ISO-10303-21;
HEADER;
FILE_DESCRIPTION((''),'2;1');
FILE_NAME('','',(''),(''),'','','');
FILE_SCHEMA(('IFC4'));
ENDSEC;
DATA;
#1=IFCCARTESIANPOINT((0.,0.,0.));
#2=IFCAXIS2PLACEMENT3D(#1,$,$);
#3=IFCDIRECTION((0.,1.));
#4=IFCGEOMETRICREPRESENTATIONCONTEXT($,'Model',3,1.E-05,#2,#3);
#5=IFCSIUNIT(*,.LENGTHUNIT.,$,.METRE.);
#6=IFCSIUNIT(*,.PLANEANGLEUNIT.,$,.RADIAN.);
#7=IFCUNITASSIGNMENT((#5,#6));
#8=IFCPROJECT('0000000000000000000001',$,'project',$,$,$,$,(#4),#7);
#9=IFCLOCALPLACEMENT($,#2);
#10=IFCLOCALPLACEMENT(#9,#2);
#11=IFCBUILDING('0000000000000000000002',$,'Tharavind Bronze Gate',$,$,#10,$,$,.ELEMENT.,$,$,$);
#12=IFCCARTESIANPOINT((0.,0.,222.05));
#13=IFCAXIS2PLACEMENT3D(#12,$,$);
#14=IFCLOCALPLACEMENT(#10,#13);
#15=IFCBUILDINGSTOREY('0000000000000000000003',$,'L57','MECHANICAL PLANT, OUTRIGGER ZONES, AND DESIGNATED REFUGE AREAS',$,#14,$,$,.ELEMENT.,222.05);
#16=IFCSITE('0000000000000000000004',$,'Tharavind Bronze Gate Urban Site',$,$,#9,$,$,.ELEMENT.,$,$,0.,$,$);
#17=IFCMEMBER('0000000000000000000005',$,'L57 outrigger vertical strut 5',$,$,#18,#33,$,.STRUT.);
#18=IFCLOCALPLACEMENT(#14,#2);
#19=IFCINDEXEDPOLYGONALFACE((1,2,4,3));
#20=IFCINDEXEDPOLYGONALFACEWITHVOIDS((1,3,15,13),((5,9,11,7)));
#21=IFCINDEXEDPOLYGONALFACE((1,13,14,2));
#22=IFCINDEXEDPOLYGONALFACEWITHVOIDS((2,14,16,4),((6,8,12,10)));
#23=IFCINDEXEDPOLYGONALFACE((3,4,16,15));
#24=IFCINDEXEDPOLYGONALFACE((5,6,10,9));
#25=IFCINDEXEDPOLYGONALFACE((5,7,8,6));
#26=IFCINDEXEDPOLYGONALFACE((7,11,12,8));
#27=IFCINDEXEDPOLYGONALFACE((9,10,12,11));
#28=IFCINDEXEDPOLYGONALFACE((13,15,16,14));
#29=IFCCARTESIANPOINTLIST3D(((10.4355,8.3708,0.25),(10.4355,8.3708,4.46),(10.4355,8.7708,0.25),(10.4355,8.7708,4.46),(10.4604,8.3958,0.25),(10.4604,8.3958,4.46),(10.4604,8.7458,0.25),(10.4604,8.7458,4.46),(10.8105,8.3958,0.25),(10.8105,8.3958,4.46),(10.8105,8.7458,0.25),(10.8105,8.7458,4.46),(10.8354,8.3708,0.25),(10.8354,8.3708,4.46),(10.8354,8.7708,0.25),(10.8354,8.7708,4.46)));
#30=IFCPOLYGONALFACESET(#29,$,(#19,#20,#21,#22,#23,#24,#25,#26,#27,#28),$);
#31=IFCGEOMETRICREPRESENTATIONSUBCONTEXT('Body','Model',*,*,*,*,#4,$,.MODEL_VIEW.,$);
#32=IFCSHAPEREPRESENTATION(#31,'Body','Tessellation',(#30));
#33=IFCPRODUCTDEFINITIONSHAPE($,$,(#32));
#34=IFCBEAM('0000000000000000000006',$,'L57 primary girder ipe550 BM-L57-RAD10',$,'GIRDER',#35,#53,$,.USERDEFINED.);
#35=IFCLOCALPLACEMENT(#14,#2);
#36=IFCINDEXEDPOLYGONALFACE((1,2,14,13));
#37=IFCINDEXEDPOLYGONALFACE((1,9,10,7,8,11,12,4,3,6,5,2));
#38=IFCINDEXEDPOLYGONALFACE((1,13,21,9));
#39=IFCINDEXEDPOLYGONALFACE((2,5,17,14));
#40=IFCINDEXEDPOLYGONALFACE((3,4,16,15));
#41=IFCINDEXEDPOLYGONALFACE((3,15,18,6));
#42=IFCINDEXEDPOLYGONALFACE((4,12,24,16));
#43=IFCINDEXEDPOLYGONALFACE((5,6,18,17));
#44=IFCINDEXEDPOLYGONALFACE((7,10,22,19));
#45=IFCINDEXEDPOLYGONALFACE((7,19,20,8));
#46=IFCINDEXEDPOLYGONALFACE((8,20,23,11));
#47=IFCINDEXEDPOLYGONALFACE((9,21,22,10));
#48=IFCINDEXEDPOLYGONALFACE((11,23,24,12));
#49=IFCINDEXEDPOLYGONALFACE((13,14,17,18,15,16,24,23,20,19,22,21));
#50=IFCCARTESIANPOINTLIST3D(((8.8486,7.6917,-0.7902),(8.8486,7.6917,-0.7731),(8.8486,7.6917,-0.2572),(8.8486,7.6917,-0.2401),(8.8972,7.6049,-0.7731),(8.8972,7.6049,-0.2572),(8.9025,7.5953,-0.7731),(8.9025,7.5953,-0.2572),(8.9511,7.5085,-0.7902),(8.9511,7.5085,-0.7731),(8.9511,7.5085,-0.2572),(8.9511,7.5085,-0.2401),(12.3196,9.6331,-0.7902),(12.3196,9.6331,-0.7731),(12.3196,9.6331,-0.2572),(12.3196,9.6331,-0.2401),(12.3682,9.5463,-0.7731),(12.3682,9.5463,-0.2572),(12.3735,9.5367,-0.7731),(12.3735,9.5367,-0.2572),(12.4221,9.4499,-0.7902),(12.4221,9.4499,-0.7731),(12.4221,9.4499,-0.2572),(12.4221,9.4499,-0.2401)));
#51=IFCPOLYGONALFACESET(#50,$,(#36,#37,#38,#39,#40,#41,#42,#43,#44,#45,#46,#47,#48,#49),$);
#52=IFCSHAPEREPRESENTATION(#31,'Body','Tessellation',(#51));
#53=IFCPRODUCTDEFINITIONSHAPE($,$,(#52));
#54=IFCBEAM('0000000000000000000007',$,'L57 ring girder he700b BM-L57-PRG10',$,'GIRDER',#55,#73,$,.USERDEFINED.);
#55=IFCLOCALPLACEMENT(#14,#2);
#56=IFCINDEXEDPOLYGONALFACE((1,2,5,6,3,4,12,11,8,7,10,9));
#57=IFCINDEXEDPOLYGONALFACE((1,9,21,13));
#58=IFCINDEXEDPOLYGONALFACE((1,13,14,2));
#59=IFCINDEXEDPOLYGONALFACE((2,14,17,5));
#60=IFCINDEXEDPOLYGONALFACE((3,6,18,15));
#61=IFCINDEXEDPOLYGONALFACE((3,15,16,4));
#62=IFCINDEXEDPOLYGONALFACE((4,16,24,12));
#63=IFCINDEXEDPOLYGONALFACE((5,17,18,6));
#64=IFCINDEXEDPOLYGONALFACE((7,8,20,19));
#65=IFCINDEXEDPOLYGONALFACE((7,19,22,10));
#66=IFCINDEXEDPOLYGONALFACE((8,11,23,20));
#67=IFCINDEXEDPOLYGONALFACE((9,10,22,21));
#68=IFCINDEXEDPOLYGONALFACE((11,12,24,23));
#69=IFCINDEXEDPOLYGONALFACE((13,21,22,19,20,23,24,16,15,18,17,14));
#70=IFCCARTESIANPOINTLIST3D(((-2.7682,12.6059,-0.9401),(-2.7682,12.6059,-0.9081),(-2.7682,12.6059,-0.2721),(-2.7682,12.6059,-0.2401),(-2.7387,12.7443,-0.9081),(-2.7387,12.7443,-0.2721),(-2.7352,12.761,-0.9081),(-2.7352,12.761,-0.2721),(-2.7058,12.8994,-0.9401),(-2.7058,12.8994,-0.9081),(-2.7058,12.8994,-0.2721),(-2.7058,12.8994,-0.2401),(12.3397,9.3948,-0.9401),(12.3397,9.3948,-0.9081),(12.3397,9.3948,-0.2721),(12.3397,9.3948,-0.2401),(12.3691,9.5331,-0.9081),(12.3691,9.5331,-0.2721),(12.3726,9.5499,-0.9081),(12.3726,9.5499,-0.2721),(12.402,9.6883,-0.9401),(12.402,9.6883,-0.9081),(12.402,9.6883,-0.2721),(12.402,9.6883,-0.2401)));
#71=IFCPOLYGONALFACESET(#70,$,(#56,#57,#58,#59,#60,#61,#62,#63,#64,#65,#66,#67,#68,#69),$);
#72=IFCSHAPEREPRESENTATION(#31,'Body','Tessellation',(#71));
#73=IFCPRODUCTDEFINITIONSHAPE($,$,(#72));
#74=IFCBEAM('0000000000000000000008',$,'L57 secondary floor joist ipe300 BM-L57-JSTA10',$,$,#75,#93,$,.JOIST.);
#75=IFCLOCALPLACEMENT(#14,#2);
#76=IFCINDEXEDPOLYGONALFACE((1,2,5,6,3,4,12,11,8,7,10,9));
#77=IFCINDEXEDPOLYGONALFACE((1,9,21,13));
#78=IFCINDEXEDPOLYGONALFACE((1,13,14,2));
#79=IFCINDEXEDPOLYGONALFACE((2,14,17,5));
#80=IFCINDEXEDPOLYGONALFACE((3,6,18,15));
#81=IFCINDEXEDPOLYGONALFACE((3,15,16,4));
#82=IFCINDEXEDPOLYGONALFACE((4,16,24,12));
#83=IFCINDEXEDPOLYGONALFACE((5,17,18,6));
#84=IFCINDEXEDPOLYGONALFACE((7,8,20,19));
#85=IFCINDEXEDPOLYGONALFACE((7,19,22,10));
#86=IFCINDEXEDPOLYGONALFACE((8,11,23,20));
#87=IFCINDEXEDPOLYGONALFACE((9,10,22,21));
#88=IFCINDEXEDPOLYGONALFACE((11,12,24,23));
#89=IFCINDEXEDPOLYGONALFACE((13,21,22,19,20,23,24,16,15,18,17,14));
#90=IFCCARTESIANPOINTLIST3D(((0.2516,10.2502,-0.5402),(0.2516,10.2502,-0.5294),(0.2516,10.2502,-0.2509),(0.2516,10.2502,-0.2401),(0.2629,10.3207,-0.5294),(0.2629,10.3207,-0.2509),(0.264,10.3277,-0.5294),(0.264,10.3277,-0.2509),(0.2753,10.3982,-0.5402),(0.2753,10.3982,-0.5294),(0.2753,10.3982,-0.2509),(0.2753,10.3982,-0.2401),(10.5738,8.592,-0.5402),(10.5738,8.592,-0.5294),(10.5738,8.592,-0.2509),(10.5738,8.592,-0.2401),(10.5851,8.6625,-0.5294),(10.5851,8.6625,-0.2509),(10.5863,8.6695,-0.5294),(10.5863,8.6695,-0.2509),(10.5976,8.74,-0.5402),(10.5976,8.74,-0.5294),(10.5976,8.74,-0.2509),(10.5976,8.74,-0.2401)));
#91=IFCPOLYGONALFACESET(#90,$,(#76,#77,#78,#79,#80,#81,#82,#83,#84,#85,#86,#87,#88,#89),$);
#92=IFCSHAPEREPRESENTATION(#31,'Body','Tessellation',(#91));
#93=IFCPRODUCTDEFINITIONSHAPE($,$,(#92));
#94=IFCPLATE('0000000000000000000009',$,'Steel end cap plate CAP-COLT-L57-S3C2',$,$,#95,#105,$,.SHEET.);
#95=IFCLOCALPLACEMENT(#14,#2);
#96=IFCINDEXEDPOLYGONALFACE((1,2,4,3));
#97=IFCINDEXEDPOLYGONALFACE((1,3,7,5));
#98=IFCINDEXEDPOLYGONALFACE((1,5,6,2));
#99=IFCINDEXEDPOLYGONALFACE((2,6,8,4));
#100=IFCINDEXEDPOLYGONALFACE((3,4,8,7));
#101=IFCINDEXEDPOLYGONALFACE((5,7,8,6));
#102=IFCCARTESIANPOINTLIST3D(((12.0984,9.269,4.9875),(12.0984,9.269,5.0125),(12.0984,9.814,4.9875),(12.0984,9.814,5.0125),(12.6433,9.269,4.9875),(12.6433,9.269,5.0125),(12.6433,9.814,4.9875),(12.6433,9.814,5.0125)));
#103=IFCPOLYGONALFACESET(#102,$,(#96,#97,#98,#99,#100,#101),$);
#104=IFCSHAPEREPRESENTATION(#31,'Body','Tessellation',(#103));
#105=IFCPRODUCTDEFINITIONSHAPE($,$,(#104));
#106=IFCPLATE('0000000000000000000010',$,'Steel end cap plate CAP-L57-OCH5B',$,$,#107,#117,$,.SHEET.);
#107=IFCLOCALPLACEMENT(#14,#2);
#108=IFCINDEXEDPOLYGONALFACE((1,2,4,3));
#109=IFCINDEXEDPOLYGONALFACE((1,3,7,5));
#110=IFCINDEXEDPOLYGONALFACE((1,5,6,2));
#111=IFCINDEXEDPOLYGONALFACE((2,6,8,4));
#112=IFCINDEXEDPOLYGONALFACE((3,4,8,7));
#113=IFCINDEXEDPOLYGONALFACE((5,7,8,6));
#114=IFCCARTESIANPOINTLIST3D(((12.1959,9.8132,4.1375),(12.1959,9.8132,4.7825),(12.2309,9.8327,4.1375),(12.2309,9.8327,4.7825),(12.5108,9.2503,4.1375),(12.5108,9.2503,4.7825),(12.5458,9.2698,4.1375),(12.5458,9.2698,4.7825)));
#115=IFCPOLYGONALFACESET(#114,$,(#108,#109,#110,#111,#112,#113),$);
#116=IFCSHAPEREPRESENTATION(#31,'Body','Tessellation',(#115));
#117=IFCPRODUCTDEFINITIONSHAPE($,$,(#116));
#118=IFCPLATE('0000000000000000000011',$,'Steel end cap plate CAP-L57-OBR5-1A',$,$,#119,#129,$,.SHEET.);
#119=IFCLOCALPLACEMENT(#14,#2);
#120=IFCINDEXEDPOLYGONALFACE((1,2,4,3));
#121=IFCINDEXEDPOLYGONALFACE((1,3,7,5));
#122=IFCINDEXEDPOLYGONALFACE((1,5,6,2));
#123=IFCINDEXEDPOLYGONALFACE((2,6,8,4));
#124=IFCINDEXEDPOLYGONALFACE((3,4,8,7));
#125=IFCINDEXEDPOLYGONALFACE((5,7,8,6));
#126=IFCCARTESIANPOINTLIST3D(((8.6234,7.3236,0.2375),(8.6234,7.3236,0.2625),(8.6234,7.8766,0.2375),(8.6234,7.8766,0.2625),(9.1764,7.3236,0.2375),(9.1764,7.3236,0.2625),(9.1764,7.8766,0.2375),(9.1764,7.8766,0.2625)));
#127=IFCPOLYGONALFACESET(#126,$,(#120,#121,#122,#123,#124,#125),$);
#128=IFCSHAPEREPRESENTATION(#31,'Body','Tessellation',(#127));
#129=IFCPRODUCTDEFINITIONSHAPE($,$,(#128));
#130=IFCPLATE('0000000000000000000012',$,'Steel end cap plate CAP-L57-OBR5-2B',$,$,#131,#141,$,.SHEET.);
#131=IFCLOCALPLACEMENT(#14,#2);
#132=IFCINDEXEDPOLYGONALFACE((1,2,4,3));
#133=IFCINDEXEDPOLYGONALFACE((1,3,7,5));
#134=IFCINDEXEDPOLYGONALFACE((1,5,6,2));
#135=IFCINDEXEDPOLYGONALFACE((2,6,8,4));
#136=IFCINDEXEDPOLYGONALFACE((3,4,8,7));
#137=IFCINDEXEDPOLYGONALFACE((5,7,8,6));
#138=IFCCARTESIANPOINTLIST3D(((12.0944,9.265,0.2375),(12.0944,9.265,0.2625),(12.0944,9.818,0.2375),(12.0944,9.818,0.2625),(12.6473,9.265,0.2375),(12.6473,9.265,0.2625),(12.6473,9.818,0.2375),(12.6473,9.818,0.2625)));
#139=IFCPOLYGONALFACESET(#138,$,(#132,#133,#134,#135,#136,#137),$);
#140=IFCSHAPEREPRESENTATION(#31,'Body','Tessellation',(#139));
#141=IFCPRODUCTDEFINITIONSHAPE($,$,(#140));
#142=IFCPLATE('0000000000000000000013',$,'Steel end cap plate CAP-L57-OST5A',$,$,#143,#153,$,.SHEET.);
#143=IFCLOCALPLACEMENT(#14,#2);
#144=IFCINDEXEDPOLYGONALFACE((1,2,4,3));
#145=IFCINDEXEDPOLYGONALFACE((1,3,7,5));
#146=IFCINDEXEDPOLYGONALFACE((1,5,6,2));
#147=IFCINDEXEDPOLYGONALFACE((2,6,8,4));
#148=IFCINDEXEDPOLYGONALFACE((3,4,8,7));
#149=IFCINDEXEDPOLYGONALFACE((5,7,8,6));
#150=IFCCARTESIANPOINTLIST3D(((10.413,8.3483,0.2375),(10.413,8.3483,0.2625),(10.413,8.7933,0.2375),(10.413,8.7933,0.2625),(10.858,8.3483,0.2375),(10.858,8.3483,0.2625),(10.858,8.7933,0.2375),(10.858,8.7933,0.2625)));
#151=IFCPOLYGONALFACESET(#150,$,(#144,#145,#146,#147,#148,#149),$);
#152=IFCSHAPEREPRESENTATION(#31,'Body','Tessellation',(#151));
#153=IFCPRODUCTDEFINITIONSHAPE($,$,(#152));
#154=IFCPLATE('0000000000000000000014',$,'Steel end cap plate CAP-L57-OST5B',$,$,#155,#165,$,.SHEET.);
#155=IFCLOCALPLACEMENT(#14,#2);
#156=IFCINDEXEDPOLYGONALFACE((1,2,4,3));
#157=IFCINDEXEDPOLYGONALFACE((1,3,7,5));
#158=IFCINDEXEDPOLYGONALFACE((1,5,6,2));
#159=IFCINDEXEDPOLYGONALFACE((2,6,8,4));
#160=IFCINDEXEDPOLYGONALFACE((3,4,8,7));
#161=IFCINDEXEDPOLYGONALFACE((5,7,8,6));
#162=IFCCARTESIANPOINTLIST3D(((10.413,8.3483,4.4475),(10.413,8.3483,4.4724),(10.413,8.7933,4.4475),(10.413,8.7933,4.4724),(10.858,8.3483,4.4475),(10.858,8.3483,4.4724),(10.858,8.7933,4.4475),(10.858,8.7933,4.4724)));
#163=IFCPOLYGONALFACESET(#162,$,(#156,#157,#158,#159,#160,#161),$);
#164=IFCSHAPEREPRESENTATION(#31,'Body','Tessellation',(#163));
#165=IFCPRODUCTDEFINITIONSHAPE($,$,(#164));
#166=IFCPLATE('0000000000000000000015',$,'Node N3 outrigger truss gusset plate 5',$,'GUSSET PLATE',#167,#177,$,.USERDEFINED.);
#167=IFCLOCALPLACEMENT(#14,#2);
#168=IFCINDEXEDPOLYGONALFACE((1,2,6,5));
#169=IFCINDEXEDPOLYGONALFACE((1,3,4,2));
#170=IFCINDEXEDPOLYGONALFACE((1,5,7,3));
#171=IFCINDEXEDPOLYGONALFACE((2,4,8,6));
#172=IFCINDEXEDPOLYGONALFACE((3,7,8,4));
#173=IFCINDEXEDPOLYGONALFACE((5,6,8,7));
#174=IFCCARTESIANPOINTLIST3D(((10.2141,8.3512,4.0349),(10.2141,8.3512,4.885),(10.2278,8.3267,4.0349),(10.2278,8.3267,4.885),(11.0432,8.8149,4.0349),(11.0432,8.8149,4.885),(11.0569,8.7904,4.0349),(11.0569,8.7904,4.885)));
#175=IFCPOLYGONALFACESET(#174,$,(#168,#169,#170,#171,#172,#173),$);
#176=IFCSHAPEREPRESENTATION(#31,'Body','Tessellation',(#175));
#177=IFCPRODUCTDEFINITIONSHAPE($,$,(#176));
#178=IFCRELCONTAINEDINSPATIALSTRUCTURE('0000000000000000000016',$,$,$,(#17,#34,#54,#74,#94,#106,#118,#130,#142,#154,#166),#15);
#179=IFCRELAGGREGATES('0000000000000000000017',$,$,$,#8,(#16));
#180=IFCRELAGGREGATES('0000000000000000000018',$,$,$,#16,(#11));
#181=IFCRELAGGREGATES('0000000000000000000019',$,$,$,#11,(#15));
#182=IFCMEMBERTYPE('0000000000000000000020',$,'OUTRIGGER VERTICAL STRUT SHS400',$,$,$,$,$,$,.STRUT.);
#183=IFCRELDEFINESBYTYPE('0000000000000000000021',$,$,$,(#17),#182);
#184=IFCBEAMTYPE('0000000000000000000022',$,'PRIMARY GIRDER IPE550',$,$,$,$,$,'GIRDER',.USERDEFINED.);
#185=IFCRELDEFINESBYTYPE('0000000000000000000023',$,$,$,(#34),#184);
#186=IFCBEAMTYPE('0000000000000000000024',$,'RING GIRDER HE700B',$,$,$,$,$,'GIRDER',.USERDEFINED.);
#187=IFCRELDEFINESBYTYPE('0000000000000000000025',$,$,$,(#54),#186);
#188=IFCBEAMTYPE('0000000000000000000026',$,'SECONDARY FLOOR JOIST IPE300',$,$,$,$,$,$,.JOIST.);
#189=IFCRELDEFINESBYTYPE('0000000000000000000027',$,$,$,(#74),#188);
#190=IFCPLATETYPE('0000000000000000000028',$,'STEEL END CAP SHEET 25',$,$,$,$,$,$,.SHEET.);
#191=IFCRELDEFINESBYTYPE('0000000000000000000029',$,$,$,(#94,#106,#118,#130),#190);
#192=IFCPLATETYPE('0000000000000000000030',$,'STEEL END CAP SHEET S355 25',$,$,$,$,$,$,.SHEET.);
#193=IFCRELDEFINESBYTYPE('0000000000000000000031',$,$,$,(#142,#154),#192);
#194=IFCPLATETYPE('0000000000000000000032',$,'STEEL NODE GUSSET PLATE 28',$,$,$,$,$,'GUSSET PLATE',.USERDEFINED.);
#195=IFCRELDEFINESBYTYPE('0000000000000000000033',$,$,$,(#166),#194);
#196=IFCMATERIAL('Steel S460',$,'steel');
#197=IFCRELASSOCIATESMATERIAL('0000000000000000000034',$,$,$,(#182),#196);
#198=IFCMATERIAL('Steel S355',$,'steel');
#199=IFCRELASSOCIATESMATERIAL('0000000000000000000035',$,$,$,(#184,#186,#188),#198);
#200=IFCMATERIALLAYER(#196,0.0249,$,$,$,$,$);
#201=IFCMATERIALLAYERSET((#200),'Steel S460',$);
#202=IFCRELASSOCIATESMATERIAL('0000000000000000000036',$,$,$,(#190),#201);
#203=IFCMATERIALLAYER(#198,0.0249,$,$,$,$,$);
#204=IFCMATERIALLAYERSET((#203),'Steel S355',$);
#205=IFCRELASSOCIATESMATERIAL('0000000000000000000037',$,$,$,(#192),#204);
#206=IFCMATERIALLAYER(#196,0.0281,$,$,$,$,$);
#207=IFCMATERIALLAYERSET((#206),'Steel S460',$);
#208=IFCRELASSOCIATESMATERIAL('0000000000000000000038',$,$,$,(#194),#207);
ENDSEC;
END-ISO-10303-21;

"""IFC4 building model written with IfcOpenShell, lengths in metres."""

from ifc_helpers import new_model, si_unit, direction, frame, origin, origin_2d, place, context, subcontext, project, spatial, rectangle, hollow_rectangle, i_section, extrude, material, layer, layer_set, material_profile, profile_set, type_object, element, save


model = new_model("IFC4")

# Units and contexts
model_context = context("Model", 3, precision=1e-05, world=origin(), true_north=direction((0.0, 1.0)))
body_context = subcontext(model_context, "Body", "Model", "MODEL_VIEW")
ifc_project = project(units=[si_unit("LENGTHUNIT", "METRE"), si_unit("PLANEANGLEUNIT", "RADIAN")], contexts=[model_context])

# Site, building, storey
site_placement = place(None, origin())
site = spatial("IfcSite", under=ifc_project, at=site_placement, Name="Tharavind Bronze Gate Urban Site", CompositionType="ELEMENT", RefElevation=0.0)
building_placement = place(site_placement, origin())
building = spatial("IfcBuilding", under=site, at=building_placement, Name="Tharavind Bronze Gate", CompositionType="ELEMENT")
storey_placement = place(building_placement, frame((0.0, 0.0, 222.05)))
storey = spatial("IfcBuildingStorey", under=building, at=storey_placement, Name="L57", Description="MECHANICAL PLANT, OUTRIGGER ZONES, AND DESIGNATED REFUGE AREAS", CompositionType="ELEMENT", Elevation=222.05)

# Shared definitions
ifc_material_1 = material(Name="Steel S460", Category="steel")

# Member
ifc_material_profile_1 = material_profile(ifc_material_1, hollow_rectangle(XDim=0.3999, YDim=0.3999, WallThickness=0.0249, at=origin_2d()), Name="SHS400X25")
ifc_profile_set_1 = profile_set([ifc_material_profile_1], Name="Steel S460")
member_type_1 = type_object("IfcMemberType", Name="OUTRIGGER VERTICAL STRUT SHS400", PredefinedType="STRUT", material=ifc_profile_set_1)
member_1_placement = place(storey_placement, frame((10.6355, 8.5708, 0.25), z_axis=(0.0, 0.0, 1.0), x_axis=(1.0, 0.0, 0.0)))
element("IfcMember", 1, at=member_1_placement, inside=storey, type_object=member_type_1, Name="L57 outrigger vertical strut 5", PredefinedType="STRUT", context=body_context, shape_type="SweptSolid", body=[
    extrude(hollow_rectangle(XDim=0.3999, YDim=0.3999, WallThickness=0.0249, at=origin_2d()), origin(), (0.0, 0.0, 1.0), 4.21),
])

# Beams
ifc_material_2 = material(Name="Steel S355", Category="steel")
ifc_material_profile_2 = material_profile(ifc_material_2, i_section(OverallWidth=0.21, OverallDepth=0.55, WebThickness=0.011, FlangeThickness=0.0171, at=origin_2d()), Name="IPE550")
ifc_profile_set_2 = profile_set([ifc_material_profile_2], Name="Steel S355")
beam_type_1 = type_object("IfcBeamType", Name="PRIMARY GIRDER IPE550", ElementType="GIRDER", PredefinedType="USERDEFINED", material=ifc_profile_set_2)
beam_1_placement = place(storey_placement, frame((12.3708, 9.5415, -0.5151), z_axis=(-0.872755, -0.488158, 0.0), x_axis=(0.488158, -0.872755, 0.0)))
element("IfcBeam", 2, at=beam_1_placement, inside=storey, type_object=beam_type_1, Name="L57 primary girder ipe550 BM-L57-RAD10", ObjectType="GIRDER", PredefinedType="USERDEFINED", context=body_context, shape_type="SweptSolid", body=[
    extrude(i_section(OverallWidth=0.21, OverallDepth=0.55, WebThickness=0.011, FlangeThickness=0.0171, at=origin_2d()), origin(), (0.0, 0.0, 1.0), 3.9771),
])
ifc_material_profile_3 = material_profile(ifc_material_2, i_section(OverallWidth=0.3, OverallDepth=0.7, WebThickness=0.0171, FlangeThickness=0.032, at=origin_2d()), Name="HE700B")
ifc_profile_set_3 = profile_set([ifc_material_profile_3], Name="Steel S355")
beam_type_2 = type_object("IfcBeamType", Name="RING GIRDER HE700B", ElementType="GIRDER", PredefinedType="USERDEFINED", material=ifc_profile_set_3)
beam_2_placement = place(storey_placement, frame((12.3708, 9.5415, -0.5901), z_axis=(-0.978149, 0.207905, 0.0), x_axis=(-0.207905, -0.978149, 0.0)))
element("IfcBeam", 3, at=beam_2_placement, inside=storey, type_object=beam_type_2, Name="L57 ring girder he700b BM-L57-PRG10", ObjectType="GIRDER", PredefinedType="USERDEFINED", context=body_context, shape_type="SweptSolid", body=[
    extrude(i_section(OverallWidth=0.3, OverallDepth=0.7, WebThickness=0.0171, FlangeThickness=0.032, at=origin_2d()), origin(), (0.0, 0.0, 1.0), 15.4453),
])
ifc_material_profile_4 = material_profile(ifc_material_2, i_section(OverallWidth=0.1499, OverallDepth=0.3, WebThickness=0.0071, FlangeThickness=0.0107, at=origin_2d()), Name="IPE300")
ifc_profile_set_4 = profile_set([ifc_material_profile_4], Name="Steel S355")
beam_type_3 = type_object("IfcBeamType", Name="SECONDARY FLOOR JOIST IPE300", PredefinedType="JOIST", material=ifc_profile_set_4)
beam_3_placement = place(storey_placement, frame((10.5857, 8.666, -0.3901), z_axis=(-0.987341, 0.15861, 0.0), x_axis=(-0.15861, -0.987341, 0.0)))
element("IfcBeam", 4, at=beam_3_placement, inside=storey, type_object=beam_type_3, Name="L57 secondary floor joist ipe300 BM-L57-JSTA10", PredefinedType="JOIST", context=body_context, shape_type="SweptSolid", body=[
    extrude(i_section(OverallWidth=0.1499, OverallDepth=0.3, WebThickness=0.0071, FlangeThickness=0.0107, at=origin_2d()), origin(), (0.0, 0.0, 1.0), 10.4546),
])

# Plates
ifc_layer_1 = layer(ifc_material_1, 0.0249)
ifc_layer_set_1 = layer_set([ifc_layer_1], Name="Steel S460")
plate_type_1 = type_object("IfcPlateType", Name="STEEL END CAP SHEET 25", PredefinedType="SHEET", material=ifc_layer_set_1)
plate_1_placement = place(storey_placement, frame((12.3708, 9.5415, 4.9875), z_axis=(0.0, 0.0, 1.0), x_axis=(1.0, 0.0, 0.0)))
element("IfcPlate", 5, at=plate_1_placement, inside=storey, type_object=plate_type_1, Name="Steel end cap plate CAP-COLT-L57-S3C2", PredefinedType="SHEET", context=body_context, shape_type="SweptSolid", body=[
    extrude(rectangle(XDim=0.5449, YDim=0.5449, at=origin_2d()), origin(), (0.0, 0.0, 1.0), 0.0249),
])
plate_2_placement = place(storey_placement, frame((12.3708, 9.5415, 4.1375), z_axis=(0.0, 0.0, 1.0), x_axis=(0.872747, 0.488173, 0.0)))
element("IfcPlate", 6, at=plate_2_placement, inside=storey, type_object=plate_type_1, Name="Steel end cap plate CAP-L57-OCH5B", PredefinedType="SHEET", context=body_context, shape_type="SweptSolid", body=[
    extrude(rectangle(XDim=0.04, YDim=0.645, at=origin_2d()), origin(), (0.0, 0.0, 1.0), 0.645),
])
for number, where, z_axis, x_axis, name in (
    (7, (8.8999, 7.6001, 0.2375), (0.0, 0.0, 1.0), (1.0, 0.0, 0.0), "Steel end cap plate CAP-L57-OBR5-1A"),
    (8, (12.3708, 9.5415, 0.2375), (0.0, 0.0, 1.0), (1.0, 0.0, 0.0), "Steel end cap plate CAP-L57-OBR5-2B"),
):
    element("IfcPlate", number, at=place(storey_placement, frame(where, z_axis=z_axis, x_axis=x_axis)), inside=storey, type_object=plate_type_1, Name=name, PredefinedType="SHEET", context=body_context, shape_type="SweptSolid", body=[
        extrude(rectangle(XDim=0.553, YDim=0.553, at=origin_2d()), origin(), (0.0, 0.0, 1.0), 0.0249),
    ])
ifc_layer_2 = layer(ifc_material_2, 0.0249)
ifc_layer_set_2 = layer_set([ifc_layer_2], Name="Steel S355")
plate_type_2 = type_object("IfcPlateType", Name="STEEL END CAP SHEET S355 25", PredefinedType="SHEET", material=ifc_layer_set_2)
for number, where, z_axis, x_axis, name in (
    (9, (10.6355, 8.5708, 0.2375), (0.0, 0.0, 1.0), (1.0, 0.0, 0.0), "Steel end cap plate CAP-L57-OST5A"),
    (10, (10.6355, 8.5708, 4.4475), (0.0, 0.0, 1.0), (1.0, 0.0, 0.0), "Steel end cap plate CAP-L57-OST5B"),
):
    element("IfcPlate", number, at=place(storey_placement, frame(where, z_axis=z_axis, x_axis=x_axis)), inside=storey, type_object=plate_type_2, Name=name, PredefinedType="SHEET", context=body_context, shape_type="SweptSolid", body=[
        extrude(rectangle(XDim=0.4451, YDim=0.4451, at=origin_2d()), origin(), (0.0, 0.0, 1.0), 0.0249),
    ])
ifc_layer_3 = layer(ifc_material_1, 0.0281)
ifc_layer_set_3 = layer_set([ifc_layer_3], Name="Steel S460")
plate_type_3 = type_object("IfcPlateType", Name="STEEL NODE GUSSET PLATE 28", ElementType="GUSSET PLATE", PredefinedType="USERDEFINED", material=ifc_layer_set_3)
plate_3_placement = place(storey_placement, frame((10.6355, 8.5708, 4.0349), z_axis=(0.0, 0.0, 1.0), x_axis=(0.872747, 0.488173, 0.0)))
element("IfcPlate", 11, at=plate_3_placement, inside=storey, type_object=plate_type_3, Name="Node N3 outrigger truss gusset plate 5", ObjectType="GUSSET PLATE", PredefinedType="USERDEFINED", context=body_context, shape_type="SweptSolid", body=[
    extrude(rectangle(XDim=0.95, YDim=0.0281, at=origin_2d()), origin(), (0.0, 0.0, 1.0), 0.8501),
])

save(model, "model.ifc")
